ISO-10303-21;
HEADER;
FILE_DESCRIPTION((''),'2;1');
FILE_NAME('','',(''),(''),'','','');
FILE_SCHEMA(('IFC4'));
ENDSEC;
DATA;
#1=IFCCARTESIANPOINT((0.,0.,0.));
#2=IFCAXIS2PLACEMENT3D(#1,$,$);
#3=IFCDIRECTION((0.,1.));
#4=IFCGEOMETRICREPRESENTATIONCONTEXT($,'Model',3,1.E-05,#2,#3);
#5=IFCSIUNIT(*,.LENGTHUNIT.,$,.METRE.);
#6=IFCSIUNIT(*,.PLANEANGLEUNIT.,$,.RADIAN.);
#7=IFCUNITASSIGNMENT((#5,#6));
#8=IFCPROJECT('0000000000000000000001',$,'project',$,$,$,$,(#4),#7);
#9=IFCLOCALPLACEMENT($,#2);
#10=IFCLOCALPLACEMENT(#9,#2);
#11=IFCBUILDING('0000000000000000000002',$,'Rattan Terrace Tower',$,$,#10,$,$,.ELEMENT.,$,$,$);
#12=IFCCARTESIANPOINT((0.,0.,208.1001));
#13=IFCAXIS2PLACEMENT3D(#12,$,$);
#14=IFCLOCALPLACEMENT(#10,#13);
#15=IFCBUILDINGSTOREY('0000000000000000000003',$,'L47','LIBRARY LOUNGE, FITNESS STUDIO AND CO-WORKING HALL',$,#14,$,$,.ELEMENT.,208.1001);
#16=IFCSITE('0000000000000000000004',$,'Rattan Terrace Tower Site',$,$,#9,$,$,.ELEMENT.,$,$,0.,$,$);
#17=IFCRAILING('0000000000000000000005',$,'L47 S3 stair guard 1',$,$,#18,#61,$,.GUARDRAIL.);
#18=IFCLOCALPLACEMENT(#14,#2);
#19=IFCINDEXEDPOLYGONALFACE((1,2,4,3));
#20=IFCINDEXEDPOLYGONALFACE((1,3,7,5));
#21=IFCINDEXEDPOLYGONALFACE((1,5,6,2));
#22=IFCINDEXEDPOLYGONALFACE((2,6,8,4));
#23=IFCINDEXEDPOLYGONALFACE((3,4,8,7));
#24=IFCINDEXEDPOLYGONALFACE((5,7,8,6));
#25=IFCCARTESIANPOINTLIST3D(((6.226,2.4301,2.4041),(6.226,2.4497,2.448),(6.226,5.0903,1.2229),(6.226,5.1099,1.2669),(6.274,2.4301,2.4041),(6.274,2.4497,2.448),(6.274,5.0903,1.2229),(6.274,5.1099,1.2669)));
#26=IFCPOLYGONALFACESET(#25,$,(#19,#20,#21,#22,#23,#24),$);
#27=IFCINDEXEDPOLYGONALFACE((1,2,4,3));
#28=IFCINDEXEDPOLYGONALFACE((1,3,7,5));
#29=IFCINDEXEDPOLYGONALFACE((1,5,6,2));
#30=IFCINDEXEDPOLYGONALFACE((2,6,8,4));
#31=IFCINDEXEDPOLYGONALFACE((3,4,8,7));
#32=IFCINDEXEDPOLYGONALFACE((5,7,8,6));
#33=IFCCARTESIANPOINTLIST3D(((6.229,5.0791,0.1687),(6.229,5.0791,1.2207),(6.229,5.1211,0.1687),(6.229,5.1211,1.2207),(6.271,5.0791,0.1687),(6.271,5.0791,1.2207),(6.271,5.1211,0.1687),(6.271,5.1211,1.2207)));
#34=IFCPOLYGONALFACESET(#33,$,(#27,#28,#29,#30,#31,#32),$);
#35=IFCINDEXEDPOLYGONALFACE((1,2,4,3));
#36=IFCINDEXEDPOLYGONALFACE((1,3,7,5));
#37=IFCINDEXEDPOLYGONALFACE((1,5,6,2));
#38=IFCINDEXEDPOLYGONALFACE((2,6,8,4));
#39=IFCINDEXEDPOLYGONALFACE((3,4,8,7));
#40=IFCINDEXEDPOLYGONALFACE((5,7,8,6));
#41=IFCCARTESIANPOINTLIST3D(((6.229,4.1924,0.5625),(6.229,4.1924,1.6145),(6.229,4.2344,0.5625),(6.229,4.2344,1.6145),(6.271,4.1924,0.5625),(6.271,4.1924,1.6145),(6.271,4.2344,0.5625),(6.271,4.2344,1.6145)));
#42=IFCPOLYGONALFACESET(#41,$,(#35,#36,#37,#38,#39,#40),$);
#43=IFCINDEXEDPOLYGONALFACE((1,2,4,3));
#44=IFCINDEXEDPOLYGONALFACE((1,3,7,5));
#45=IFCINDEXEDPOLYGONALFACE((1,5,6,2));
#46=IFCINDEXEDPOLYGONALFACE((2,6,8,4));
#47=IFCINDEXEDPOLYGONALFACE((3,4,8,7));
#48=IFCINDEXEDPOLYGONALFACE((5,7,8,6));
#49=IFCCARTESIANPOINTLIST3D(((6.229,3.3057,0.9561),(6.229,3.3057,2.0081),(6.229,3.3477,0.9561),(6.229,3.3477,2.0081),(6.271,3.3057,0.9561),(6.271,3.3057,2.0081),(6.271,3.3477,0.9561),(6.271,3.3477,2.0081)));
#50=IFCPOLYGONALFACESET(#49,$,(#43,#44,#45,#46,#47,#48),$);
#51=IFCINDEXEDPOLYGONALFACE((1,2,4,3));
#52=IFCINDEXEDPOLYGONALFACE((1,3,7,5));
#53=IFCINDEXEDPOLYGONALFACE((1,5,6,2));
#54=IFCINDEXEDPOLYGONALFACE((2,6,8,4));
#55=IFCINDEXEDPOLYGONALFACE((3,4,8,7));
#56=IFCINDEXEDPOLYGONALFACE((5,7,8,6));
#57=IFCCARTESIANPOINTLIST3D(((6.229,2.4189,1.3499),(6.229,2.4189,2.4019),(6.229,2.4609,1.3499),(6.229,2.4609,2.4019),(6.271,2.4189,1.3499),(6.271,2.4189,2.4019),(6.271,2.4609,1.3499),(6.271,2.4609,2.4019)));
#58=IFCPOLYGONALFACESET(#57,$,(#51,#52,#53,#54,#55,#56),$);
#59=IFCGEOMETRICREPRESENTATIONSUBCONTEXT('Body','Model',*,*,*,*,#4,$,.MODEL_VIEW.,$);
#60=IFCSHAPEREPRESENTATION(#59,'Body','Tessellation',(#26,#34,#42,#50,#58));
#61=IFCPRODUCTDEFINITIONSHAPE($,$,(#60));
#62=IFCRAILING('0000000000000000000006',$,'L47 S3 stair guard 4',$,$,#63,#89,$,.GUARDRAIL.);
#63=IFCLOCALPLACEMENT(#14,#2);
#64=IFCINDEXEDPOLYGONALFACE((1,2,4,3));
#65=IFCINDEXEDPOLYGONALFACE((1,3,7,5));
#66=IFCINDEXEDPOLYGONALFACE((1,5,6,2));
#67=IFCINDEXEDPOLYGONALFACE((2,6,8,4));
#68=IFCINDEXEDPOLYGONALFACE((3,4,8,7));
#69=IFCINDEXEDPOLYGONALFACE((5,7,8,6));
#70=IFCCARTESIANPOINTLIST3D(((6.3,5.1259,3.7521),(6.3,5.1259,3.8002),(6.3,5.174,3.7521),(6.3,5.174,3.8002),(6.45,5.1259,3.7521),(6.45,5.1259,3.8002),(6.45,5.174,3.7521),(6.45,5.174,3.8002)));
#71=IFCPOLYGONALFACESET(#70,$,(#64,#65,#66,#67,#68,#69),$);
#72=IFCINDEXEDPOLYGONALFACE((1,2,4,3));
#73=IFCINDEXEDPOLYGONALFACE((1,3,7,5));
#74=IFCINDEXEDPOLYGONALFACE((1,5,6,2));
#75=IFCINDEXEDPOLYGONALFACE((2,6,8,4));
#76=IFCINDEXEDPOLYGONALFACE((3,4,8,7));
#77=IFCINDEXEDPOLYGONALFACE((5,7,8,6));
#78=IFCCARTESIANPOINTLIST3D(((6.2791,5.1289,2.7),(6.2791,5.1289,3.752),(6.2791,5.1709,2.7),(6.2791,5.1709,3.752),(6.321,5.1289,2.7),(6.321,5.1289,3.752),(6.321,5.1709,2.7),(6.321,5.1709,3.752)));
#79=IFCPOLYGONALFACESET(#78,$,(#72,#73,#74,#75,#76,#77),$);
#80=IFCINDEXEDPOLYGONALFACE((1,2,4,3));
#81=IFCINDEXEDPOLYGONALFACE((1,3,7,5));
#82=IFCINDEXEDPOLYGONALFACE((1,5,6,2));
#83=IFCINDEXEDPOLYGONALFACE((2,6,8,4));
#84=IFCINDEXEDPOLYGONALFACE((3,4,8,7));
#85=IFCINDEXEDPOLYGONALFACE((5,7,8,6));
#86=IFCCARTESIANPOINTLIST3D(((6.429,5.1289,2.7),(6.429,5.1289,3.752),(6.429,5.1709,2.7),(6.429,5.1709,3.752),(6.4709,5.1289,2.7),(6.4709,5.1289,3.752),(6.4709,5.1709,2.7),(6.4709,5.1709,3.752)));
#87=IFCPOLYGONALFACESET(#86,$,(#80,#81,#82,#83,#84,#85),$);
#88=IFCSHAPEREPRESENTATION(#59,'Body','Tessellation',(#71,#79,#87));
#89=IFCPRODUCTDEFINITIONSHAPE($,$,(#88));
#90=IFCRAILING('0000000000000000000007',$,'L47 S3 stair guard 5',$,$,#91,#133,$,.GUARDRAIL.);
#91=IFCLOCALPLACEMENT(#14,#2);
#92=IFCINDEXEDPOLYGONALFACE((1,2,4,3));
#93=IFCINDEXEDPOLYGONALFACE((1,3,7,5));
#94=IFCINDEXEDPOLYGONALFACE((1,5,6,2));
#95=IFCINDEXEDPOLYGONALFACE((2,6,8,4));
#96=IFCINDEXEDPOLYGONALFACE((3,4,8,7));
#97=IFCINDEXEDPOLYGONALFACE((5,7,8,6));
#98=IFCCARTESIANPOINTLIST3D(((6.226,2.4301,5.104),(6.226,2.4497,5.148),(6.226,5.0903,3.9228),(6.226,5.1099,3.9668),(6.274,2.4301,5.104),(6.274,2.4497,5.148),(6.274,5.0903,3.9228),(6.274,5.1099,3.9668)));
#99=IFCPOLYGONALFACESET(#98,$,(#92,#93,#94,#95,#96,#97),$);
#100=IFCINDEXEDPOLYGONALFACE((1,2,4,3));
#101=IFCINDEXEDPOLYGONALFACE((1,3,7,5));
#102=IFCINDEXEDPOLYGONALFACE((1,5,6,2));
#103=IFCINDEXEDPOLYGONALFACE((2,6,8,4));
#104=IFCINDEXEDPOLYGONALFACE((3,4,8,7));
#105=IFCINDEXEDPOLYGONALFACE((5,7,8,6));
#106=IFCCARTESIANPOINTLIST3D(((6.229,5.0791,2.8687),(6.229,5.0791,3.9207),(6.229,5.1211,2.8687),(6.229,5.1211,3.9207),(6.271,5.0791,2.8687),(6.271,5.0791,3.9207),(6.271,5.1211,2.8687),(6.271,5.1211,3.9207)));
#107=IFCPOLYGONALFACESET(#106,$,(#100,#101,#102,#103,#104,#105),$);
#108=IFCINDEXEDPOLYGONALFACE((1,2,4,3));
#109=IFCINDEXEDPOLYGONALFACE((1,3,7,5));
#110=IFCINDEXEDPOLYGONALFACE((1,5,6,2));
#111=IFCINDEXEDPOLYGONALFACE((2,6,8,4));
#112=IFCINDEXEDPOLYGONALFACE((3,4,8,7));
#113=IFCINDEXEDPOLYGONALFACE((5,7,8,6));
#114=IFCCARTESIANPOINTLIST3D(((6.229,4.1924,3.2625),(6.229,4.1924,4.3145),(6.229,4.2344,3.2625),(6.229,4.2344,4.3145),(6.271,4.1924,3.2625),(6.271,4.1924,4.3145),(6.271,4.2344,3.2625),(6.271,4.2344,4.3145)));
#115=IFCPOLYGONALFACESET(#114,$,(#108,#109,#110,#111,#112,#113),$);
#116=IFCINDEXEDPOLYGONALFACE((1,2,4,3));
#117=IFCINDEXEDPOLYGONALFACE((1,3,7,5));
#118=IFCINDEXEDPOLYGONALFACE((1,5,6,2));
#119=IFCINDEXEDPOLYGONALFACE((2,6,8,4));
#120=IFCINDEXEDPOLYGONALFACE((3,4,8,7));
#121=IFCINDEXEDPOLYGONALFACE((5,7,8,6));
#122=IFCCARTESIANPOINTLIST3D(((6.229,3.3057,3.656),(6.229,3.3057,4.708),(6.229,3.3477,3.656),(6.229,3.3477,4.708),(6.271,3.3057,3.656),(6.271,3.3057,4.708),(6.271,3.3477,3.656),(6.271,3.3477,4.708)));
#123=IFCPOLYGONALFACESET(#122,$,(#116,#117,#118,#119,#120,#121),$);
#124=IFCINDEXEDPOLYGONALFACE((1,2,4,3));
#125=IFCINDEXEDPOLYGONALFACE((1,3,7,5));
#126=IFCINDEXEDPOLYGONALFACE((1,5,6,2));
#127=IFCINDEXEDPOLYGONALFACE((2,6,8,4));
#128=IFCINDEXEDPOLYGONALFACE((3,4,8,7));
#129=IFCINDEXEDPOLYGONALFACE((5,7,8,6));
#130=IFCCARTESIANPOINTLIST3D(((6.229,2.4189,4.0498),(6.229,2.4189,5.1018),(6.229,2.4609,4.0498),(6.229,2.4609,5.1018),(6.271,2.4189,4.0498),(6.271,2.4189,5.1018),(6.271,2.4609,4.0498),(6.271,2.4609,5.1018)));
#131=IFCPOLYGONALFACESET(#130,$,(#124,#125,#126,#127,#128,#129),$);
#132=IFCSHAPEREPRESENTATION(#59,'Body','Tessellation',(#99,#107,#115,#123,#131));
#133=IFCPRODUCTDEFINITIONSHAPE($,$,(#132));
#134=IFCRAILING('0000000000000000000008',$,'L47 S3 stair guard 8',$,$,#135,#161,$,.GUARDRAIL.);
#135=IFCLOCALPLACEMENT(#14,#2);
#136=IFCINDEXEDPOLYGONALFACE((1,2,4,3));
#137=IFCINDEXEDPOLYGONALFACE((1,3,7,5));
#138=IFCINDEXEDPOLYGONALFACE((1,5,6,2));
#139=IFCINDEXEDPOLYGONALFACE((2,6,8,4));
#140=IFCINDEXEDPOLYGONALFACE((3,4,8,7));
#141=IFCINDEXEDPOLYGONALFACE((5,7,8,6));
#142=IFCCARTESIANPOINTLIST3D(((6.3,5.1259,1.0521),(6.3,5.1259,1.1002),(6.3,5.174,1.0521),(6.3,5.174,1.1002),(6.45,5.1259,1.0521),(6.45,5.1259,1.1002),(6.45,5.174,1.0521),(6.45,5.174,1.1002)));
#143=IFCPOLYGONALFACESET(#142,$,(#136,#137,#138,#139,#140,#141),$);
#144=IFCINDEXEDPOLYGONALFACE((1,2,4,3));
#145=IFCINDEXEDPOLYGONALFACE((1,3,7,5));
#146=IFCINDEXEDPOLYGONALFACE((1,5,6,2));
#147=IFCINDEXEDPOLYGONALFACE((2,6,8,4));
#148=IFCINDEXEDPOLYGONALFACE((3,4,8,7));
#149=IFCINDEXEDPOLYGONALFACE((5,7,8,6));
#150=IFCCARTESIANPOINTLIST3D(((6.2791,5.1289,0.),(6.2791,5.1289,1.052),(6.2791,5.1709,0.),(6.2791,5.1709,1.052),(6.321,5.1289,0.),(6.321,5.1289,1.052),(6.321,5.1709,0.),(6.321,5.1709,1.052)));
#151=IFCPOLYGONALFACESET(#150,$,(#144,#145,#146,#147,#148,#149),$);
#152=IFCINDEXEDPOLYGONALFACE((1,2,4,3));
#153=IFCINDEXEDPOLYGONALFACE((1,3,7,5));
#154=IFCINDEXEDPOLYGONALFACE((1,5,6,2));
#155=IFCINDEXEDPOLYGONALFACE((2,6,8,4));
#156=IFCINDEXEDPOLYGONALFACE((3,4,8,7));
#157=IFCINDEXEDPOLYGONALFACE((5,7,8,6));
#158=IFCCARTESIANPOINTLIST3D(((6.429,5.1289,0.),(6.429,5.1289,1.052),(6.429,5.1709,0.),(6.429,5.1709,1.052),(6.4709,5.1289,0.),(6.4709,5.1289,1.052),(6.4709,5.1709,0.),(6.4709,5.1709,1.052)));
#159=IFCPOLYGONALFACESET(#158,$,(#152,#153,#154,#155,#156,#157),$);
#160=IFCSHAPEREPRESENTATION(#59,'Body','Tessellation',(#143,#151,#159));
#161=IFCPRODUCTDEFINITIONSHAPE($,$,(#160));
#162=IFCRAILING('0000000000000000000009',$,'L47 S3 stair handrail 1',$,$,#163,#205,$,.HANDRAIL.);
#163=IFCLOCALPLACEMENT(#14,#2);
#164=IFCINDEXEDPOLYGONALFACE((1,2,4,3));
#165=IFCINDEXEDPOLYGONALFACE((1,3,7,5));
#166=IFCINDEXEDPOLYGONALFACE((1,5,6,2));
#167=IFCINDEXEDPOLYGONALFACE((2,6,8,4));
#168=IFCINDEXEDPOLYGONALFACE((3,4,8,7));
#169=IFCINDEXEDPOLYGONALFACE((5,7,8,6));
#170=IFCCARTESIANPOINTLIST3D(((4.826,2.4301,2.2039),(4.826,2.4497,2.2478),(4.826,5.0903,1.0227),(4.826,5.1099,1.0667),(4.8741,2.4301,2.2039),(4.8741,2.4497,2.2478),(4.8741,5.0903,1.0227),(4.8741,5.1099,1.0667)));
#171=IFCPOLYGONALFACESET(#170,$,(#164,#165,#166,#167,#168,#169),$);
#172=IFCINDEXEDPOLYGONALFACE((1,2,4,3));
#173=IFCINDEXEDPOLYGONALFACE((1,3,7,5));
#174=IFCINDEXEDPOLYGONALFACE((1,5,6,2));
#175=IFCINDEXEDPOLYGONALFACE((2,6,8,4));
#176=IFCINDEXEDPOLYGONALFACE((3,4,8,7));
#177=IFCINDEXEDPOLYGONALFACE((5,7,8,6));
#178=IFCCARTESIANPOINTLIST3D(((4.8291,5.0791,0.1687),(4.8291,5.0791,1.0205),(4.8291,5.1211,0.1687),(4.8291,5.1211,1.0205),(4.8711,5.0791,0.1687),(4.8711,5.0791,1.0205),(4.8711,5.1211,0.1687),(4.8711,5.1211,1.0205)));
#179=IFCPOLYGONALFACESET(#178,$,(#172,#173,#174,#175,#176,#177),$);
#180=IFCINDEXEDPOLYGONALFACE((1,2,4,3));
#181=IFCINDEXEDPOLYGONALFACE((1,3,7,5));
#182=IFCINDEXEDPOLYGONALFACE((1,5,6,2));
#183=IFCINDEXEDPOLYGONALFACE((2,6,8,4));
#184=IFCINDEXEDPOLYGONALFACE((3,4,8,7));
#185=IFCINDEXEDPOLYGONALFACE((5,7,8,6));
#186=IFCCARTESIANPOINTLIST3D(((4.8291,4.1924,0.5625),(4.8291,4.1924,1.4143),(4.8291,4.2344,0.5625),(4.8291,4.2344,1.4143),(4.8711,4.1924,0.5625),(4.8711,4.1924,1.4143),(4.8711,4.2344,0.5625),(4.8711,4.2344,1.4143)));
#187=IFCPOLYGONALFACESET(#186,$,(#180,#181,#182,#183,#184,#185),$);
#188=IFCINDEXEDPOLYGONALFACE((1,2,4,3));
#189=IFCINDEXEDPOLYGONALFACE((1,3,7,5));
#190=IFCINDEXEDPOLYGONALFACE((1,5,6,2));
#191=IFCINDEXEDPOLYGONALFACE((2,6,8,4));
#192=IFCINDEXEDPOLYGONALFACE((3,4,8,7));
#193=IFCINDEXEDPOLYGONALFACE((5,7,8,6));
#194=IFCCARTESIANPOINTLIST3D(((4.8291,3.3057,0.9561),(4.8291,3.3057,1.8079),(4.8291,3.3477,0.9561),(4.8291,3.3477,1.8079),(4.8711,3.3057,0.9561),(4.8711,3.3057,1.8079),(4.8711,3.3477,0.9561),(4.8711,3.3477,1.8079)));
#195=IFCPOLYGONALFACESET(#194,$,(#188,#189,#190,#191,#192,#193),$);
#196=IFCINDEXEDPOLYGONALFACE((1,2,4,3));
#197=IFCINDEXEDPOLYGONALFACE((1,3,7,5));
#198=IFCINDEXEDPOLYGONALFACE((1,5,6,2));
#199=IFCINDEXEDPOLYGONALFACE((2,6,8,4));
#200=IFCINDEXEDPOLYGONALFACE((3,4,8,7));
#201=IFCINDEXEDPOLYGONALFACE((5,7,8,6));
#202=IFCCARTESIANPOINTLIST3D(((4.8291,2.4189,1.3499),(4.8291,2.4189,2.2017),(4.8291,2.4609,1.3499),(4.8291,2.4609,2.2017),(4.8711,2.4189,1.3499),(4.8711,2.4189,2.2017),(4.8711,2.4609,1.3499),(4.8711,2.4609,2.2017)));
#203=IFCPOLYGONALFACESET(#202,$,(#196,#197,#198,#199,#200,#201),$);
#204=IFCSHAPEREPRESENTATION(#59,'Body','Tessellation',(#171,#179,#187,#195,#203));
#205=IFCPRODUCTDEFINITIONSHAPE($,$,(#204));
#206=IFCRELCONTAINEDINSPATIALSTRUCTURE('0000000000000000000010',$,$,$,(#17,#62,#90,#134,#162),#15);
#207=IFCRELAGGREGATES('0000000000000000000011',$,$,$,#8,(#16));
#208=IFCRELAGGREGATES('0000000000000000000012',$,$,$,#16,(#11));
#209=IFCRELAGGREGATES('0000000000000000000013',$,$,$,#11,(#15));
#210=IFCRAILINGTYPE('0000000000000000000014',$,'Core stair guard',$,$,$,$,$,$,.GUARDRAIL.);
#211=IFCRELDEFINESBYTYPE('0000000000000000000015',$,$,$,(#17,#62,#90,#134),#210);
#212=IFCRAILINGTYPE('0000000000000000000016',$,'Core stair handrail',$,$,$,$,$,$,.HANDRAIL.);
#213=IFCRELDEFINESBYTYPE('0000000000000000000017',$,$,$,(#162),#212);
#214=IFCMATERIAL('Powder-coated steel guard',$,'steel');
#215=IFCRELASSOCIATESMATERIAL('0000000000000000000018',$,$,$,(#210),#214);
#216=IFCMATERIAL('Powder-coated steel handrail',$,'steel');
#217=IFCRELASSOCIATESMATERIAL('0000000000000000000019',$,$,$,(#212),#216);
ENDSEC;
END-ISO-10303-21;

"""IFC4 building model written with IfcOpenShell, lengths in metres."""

from ifc_helpers import new_model, si_unit, direction, frame, origin, origin_2d, place, context, subcontext, project, spatial, rectangle, extrude, material, type_object, element, save


model = new_model("IFC4")

# Units and contexts
model_context = context("Model", 3, precision=1e-05, world=origin(), true_north=direction((0.0, 1.0)))
body_context = subcontext(model_context, "Body", "Model", "MODEL_VIEW")
ifc_project = project(units=[si_unit("LENGTHUNIT", "METRE"), si_unit("PLANEANGLEUNIT", "RADIAN")], contexts=[model_context])

# Site, building, storey
site_placement = place(None, origin())
site = spatial("IfcSite", under=ifc_project, at=site_placement, Name="Rattan Terrace Tower Site", CompositionType="ELEMENT", RefElevation=0.0)
building_placement = place(site_placement, origin())
building = spatial("IfcBuilding", under=site, at=building_placement, Name="Rattan Terrace Tower", CompositionType="ELEMENT")
storey_placement = place(building_placement, frame((0.0, 0.0, 208.1001)))
storey = spatial("IfcBuildingStorey", under=building, at=storey_placement, Name="L47", Description="LIBRARY LOUNGE, FITNESS STUDIO AND CO-WORKING HALL", CompositionType="ELEMENT", Elevation=208.1001)

# Railings
ifc_material_1 = material(Name="Powder-coated steel guard", Category="steel")
railing_type_1 = type_object("IfcRailingType", Name="Core stair guard", PredefinedType="GUARDRAIL", material=ifc_material_1)
railing_1_placement = place(storey_placement, frame((6.25, 5.1001, 0.1687)))
element("IfcRailing", 1, at=railing_1_placement, inside=storey, type_object=railing_type_1, Name="L47 S3 stair guard 1", PredefinedType="GUARDRAIL", context=body_context, shape_type="SweptSolid", body=[
    extrude(rectangle(XDim=0.0481, YDim=0.0481, at=origin_2d()), frame((0.0, 0.0, 1.0762), z_axis=(0.0, -0.913957, 0.405812), x_axis=(1.0, 0.0, 0.0)), (0.0, 0.0, 1.0), 2.9106),
    extrude(rectangle(XDim=0.042, YDim=0.042, at=origin_2d()), origin(), (0.0, 0.0, 1.0), 1.052),
    extrude(rectangle(XDim=0.042, YDim=0.042, at=origin_2d()), frame((0.0, -0.8867, 0.3938)), (0.0, 0.0, 1.0), 1.052),
    extrude(rectangle(XDim=0.042, YDim=0.042, at=origin_2d()), frame((0.0, -1.7734, 0.7874)), (0.0, 0.0, 1.0), 1.052),
    extrude(rectangle(XDim=0.042, YDim=0.042, at=origin_2d()), frame((0.0, -2.6602, 1.1812)), (0.0, 0.0, 1.0), 1.052),
])
railing_2_placement = place(storey_placement, frame((6.3, 5.1499, 2.7)))
element("IfcRailing", 2, at=railing_2_placement, inside=storey, type_object=railing_type_1, Name="L47 S3 stair guard 4", PredefinedType="GUARDRAIL", context=body_context, shape_type="SweptSolid", body=[
    extrude(rectangle(XDim=0.0481, YDim=0.0481, at=origin_2d()), frame((0.0, 0.0, 1.0762), z_axis=(1.0, 0.0, 0.0), x_axis=(0.0, 1.0, 0.0)), (0.0, 0.0, 1.0), 0.1499),
    extrude(rectangle(XDim=0.042, YDim=0.042, at=origin_2d()), origin(), (0.0, 0.0, 1.0), 1.052),
    extrude(rectangle(XDim=0.042, YDim=0.042, at=origin_2d()), frame((0.1499, 0.0, 0.0)), (0.0, 0.0, 1.0), 1.052),
])
railing_3_placement = place(storey_placement, frame((6.25, 5.1001, 2.8687)))
element("IfcRailing", 3, at=railing_3_placement, inside=storey, type_object=railing_type_1, Name="L47 S3 stair guard 5", PredefinedType="GUARDRAIL", context=body_context, shape_type="SweptSolid", body=[
    extrude(rectangle(XDim=0.0481, YDim=0.0481, at=origin_2d()), frame((0.0, 0.0, 1.0762), z_axis=(0.0, -0.913957, 0.405812), x_axis=(1.0, 0.0, 0.0)), (0.0, 0.0, 1.0), 2.9106),
    extrude(rectangle(XDim=0.042, YDim=0.042, at=origin_2d()), origin(), (0.0, 0.0, 1.0), 1.052),
    extrude(rectangle(XDim=0.042, YDim=0.042, at=origin_2d()), frame((0.0, -0.8867, 0.3938)), (0.0, 0.0, 1.0), 1.052),
    extrude(rectangle(XDim=0.042, YDim=0.042, at=origin_2d()), frame((0.0, -1.7734, 0.7874)), (0.0, 0.0, 1.0), 1.052),
    extrude(rectangle(XDim=0.042, YDim=0.042, at=origin_2d()), frame((0.0, -2.6602, 1.1812)), (0.0, 0.0, 1.0), 1.052),
])
railing_4_placement = place(storey_placement, frame((6.3, 5.1499, 0.0)))
element("IfcRailing", 4, at=railing_4_placement, inside=storey, type_object=railing_type_1, Name="L47 S3 stair guard 8", PredefinedType="GUARDRAIL", context=body_context, shape_type="SweptSolid", body=[
    extrude(rectangle(XDim=0.0481, YDim=0.0481, at=origin_2d()), frame((0.0, 0.0, 1.0762), z_axis=(1.0, 0.0, 0.0), x_axis=(0.0, 1.0, 0.0)), (0.0, 0.0, 1.0), 0.1499),
    extrude(rectangle(XDim=0.042, YDim=0.042, at=origin_2d()), origin(), (0.0, 0.0, 1.0), 1.052),
    extrude(rectangle(XDim=0.042, YDim=0.042, at=origin_2d()), frame((0.1499, 0.0, 0.0)), (0.0, 0.0, 1.0), 1.052),
])
ifc_material_2 = material(Name="Powder-coated steel handrail", Category="steel")
railing_type_2 = type_object("IfcRailingType", Name="Core stair handrail", PredefinedType="HANDRAIL", material=ifc_material_2)
for number, where, name in (
    (5, (4.8501, 5.1001, 0.1687), "L47 S3 stair handrail 1"),
):
    element("IfcRailing", number, at=place(storey_placement, frame(where)), inside=storey, type_object=railing_type_2, Name=name, PredefinedType="HANDRAIL", context=body_context, shape_type="SweptSolid", body=[
        extrude(rectangle(XDim=0.0481, YDim=0.0481, at=origin_2d()), frame((0.0, 0.0, 0.876), z_axis=(0.0, -0.913957, 0.405812), x_axis=(1.0, 0.0, 0.0)), (0.0, 0.0, 1.0), 2.9106),
        extrude(rectangle(XDim=0.042, YDim=0.042, at=origin_2d()), origin(), (0.0, 0.0, 1.0), 0.8518),
        extrude(rectangle(XDim=0.042, YDim=0.042, at=origin_2d()), frame((0.0, -0.8867, 0.3938)), (0.0, 0.0, 1.0), 0.8518),
        extrude(rectangle(XDim=0.042, YDim=0.042, at=origin_2d()), frame((0.0, -1.7734, 0.7874)), (0.0, 0.0, 1.0), 0.8518),
        extrude(rectangle(XDim=0.042, YDim=0.042, at=origin_2d()), frame((0.0, -2.6602, 1.1812)), (0.0, 0.0, 1.0), 0.8518),
    ])

save(model, "model.ifc")
